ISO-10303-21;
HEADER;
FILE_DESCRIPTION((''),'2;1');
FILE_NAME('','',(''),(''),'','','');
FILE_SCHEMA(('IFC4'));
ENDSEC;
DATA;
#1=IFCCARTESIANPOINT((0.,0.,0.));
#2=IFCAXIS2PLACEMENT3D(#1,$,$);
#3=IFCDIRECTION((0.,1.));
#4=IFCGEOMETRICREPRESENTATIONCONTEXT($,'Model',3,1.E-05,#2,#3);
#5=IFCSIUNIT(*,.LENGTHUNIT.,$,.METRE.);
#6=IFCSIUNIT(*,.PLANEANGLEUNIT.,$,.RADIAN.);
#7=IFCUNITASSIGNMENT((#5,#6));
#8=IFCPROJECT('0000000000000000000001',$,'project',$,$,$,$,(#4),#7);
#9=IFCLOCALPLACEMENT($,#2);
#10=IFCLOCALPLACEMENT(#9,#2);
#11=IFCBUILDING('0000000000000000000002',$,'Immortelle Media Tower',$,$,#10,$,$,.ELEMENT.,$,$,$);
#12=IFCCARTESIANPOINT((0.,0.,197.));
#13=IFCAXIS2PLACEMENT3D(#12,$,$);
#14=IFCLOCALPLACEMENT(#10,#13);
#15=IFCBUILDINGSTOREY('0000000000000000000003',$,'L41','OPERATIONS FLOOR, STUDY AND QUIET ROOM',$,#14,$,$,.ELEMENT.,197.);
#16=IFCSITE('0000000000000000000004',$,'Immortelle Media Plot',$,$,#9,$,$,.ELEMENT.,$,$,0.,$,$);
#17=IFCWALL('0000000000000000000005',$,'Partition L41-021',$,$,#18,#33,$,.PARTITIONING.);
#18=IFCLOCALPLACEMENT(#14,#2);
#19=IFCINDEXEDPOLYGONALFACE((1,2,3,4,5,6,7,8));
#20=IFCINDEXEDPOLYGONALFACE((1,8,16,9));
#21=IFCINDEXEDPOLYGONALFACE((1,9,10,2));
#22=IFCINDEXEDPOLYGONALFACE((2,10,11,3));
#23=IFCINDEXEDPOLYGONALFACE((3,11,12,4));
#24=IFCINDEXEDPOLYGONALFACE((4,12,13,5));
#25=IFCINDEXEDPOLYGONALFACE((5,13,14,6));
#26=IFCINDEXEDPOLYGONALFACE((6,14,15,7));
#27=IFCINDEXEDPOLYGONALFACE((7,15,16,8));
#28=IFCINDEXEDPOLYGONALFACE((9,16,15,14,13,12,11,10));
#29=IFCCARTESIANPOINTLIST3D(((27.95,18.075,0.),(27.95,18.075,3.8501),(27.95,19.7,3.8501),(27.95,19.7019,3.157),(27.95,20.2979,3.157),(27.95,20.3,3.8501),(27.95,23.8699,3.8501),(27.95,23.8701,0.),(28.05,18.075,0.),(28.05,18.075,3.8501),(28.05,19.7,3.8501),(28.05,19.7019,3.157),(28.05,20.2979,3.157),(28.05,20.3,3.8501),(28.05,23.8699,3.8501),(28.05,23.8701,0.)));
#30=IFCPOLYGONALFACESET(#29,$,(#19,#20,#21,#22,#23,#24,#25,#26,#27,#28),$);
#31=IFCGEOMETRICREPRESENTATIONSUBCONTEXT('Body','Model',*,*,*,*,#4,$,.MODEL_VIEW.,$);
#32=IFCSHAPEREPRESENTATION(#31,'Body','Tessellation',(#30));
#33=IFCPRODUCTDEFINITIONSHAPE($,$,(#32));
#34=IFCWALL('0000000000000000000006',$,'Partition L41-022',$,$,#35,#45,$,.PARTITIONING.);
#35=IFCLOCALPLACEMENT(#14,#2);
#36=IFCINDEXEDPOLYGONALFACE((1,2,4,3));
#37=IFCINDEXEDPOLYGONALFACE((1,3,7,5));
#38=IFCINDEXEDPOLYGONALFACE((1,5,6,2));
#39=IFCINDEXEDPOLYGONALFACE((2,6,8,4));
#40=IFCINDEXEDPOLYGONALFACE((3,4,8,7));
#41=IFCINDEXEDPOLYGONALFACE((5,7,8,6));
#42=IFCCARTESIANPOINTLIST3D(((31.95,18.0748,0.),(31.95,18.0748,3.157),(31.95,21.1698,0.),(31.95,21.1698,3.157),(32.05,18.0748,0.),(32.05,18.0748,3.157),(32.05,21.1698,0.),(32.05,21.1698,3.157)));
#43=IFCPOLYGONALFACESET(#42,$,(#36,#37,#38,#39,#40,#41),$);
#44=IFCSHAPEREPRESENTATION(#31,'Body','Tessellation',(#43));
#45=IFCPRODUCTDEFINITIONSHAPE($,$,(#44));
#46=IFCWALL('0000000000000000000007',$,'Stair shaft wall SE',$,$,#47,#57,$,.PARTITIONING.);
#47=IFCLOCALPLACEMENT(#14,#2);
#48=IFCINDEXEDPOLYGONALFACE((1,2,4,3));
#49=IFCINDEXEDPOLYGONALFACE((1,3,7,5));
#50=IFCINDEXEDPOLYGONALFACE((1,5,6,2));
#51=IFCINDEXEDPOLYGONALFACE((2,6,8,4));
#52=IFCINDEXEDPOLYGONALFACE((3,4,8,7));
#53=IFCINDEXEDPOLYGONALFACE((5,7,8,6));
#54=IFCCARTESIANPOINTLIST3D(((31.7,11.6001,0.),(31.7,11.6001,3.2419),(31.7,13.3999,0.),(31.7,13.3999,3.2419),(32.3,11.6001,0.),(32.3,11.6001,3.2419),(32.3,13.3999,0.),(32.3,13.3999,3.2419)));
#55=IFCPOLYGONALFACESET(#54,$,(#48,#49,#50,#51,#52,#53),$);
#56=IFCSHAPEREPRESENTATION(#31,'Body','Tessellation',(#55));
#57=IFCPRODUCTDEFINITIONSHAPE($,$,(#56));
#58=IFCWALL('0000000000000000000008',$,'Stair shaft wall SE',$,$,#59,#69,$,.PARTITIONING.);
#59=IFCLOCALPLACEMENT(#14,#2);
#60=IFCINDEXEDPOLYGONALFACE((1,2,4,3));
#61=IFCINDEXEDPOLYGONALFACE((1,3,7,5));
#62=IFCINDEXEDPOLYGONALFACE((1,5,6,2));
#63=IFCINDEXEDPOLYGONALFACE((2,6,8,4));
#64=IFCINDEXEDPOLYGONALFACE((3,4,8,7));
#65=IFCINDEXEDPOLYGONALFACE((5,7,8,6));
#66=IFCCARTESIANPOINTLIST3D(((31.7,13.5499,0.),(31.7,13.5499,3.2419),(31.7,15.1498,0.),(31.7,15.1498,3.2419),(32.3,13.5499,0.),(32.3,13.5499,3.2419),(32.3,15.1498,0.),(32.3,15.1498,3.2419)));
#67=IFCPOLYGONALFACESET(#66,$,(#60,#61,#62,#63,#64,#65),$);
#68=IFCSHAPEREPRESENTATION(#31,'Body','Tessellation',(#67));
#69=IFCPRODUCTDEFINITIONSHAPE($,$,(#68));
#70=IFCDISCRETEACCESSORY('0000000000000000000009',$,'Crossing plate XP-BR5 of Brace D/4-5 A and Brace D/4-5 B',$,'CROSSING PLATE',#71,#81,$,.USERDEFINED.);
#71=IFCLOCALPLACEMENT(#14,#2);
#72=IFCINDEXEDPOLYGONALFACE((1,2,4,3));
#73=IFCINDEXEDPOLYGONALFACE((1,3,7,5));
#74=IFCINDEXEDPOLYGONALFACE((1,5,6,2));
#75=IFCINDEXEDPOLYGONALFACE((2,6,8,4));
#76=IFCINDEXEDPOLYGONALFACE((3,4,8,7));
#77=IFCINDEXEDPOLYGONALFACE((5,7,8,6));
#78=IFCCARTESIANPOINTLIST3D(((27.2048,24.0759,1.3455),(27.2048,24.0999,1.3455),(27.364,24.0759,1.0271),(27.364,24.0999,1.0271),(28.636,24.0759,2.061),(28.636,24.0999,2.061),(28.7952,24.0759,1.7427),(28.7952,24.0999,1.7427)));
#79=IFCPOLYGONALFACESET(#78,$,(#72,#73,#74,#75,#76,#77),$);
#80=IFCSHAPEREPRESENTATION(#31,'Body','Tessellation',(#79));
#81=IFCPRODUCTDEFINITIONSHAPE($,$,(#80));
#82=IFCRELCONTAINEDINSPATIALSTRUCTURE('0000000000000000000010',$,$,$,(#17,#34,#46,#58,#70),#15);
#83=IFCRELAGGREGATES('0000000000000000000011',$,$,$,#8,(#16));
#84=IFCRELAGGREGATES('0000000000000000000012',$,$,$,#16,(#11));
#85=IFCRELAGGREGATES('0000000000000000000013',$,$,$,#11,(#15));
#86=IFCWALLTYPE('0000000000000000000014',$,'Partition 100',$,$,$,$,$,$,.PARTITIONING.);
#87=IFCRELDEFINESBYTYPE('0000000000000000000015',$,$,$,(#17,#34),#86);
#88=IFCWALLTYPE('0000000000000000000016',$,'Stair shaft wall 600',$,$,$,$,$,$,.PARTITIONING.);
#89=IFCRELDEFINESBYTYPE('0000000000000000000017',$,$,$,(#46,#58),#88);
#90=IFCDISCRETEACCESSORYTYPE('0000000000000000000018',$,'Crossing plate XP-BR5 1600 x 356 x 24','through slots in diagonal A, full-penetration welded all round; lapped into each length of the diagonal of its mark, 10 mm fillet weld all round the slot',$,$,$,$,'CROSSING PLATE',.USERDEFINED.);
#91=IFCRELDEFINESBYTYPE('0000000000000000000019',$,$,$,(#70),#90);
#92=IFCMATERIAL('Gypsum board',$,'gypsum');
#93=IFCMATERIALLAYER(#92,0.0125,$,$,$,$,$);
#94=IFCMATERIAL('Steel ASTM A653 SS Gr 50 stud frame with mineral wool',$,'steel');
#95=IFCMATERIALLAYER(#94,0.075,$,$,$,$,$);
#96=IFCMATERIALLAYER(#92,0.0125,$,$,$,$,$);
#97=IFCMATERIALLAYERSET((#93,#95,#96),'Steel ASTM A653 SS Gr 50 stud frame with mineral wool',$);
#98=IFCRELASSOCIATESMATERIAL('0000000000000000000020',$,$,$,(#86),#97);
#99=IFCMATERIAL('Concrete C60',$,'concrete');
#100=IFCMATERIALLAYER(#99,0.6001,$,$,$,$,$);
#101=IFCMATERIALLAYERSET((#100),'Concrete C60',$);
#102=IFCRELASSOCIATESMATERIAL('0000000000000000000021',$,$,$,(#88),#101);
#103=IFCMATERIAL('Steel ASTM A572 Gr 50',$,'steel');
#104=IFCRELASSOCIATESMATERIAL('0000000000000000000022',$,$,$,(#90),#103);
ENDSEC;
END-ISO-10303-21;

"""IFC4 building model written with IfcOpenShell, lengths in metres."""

from ifc_helpers import new_model, si_unit, direction, frame, frame_2d, origin, origin_2d, place, context, subcontext, project, spatial, polyline, rectangle, outline, extrude, material, layer, layer_set, material_profile, profile_set, type_object, element, save


model = new_model("IFC4")

# Units and contexts
model_context = context("Model", 3, precision=1e-05, world=origin(), true_north=direction((0.0, 1.0)))
body_context = subcontext(model_context, "Body", "Model", "MODEL_VIEW")
ifc_project = project(units=[si_unit("LENGTHUNIT", "METRE"), si_unit("PLANEANGLEUNIT", "RADIAN")], contexts=[model_context])

# Site, building, storey
site_placement = place(None, origin())
site = spatial("IfcSite", under=ifc_project, at=site_placement, Name="Immortelle Media Plot", CompositionType="ELEMENT", RefElevation=0.0)
building_placement = place(site_placement, origin())
building = spatial("IfcBuilding", under=site, at=building_placement, Name="Immortelle Media Tower", CompositionType="ELEMENT")
storey_placement = place(building_placement, frame((0.0, 0.0, 197.0)))
storey = spatial("IfcBuildingStorey", under=building, at=storey_placement, Name="L41", Description="OPERATIONS FLOOR, STUDY AND QUIET ROOM", CompositionType="ELEMENT", Elevation=197.0)

# Shared definitions
ifc_material_1 = material(Name="Steel ASTM A653 SS Gr 50 stud frame with mineral wool", Category="steel")

# Walls
ifc_material_2 = material(Name="Gypsum board", Category="gypsum")
ifc_layer_1 = layer(ifc_material_2, 0.0125)
ifc_layer_2 = layer(ifc_material_1, 0.075)
ifc_layer_3 = layer(ifc_material_2, 0.0125)
ifc_layer_set_1 = layer_set([ifc_layer_1, ifc_layer_2, ifc_layer_3], Name="Steel ASTM A653 SS Gr 50 stud frame with mineral wool")
wall_type_1 = type_object("IfcWallType", Name="Partition 100", PredefinedType="PARTITIONING", material=ifc_layer_set_1)
wall_1_placement = place(storey_placement, frame((28.0, 18.075, 0.0), z_axis=(0.0, 0.0, 1.0), x_axis=(0.0, 1.0, 0.0)))
element("IfcWall", 1, at=wall_1_placement, inside=storey, type_object=wall_type_1, Name="Partition L41-021", PredefinedType="PARTITIONING", context=body_context, shape_type="SweptSolid", body=[
    extrude(outline(polyline([(0.0, 0.0), (5.7952, 0.0), (5.7949, 3.8501), (2.2251, 3.8501), (2.2229, 3.157), (1.627, 3.157), (1.625, 3.8501), (0.0, 3.8501), (0.0, 0.0)])), frame((0.0, 0.05, 0.0), z_axis=(0.0, -1.0, 0.0), x_axis=(1.0, 0.0, 0.0)), (0.0, 0.0, 1.0), 0.1001),
])
wall_2_placement = place(storey_placement, frame((32.0, 18.075, 0.0), z_axis=(0.0, 0.0, 1.0), x_axis=(0.0, 1.0, 0.0)))
element("IfcWall", 2, at=wall_2_placement, inside=storey, type_object=wall_type_1, Name="Partition L41-022", PredefinedType="PARTITIONING", context=body_context, shape_type="SweptSolid", body=[
    extrude(rectangle(XDim=3.095, YDim=0.1001, at=frame_2d((1.5474, 0.0))), origin(), (0.0, 0.0, 1.0), 3.157),
])
ifc_material_3 = material(Name="Concrete C60", Category="concrete")
ifc_layer_4 = layer(ifc_material_3, 0.6001)
ifc_layer_set_2 = layer_set([ifc_layer_4], Name="Concrete C60")
wall_type_2 = type_object("IfcWallType", Name="Stair shaft wall 600", PredefinedType="PARTITIONING", material=ifc_layer_set_2)
wall_3_placement = place(storey_placement, frame((32.0, 11.6001, 0.0), z_axis=(0.0, 0.0, 1.0), x_axis=(0.0, 1.0, 0.0)))
element("IfcWall", 3, at=wall_3_placement, inside=storey, type_object=wall_type_2, Name="Stair shaft wall SE", PredefinedType="PARTITIONING", context=body_context, shape_type="SweptSolid", body=[
    extrude(rectangle(XDim=1.7998, YDim=0.6001, at=frame_2d((0.8999, 0.0))), origin(), (0.0, 0.0, 1.0), 3.2419),
])
wall_4_placement = place(storey_placement, frame((32.0, 13.55, 0.0), z_axis=(0.0, 0.0, 1.0), x_axis=(0.0, 1.0, 0.0)))
element("IfcWall", 4, at=wall_4_placement, inside=storey, type_object=wall_type_2, Name="Stair shaft wall SE", PredefinedType="PARTITIONING", context=body_context, shape_type="SweptSolid", body=[
    extrude(rectangle(XDim=1.5999, YDim=0.6001, at=frame_2d((0.7998, 0.0))), origin(), (0.0, 0.0, 1.0), 3.2419),
])

# Discrete accessory
ifc_material_4 = material(Name="Steel ASTM A572 Gr 50", Category="steel")
ifc_material_profile_1 = material_profile(ifc_material_4, rectangle(XDim=0.0239, YDim=0.356, at=origin_2d()), Name="PL 24 x 356")
ifc_profile_set_1 = profile_set([ifc_material_profile_1], Name="Steel ASTM A572 Gr 50")
discrete_accessory_type = type_object("IfcDiscreteAccessoryType", Name="Crossing plate XP-BR5 1600 x 356 x 24", Description="through slots in diagonal A, full-penetration welded all round; lapped into each length of the diagonal of its mark, 10 mm fillet weld all round the slot", ElementType="CROSSING PLATE", PredefinedType="USERDEFINED", material=ifc_profile_set_1)
discrete_accessory_placement = place(storey_placement, frame((28.7156, 24.0879, 1.9019), z_axis=(-0.894427, 0.0, -0.447214), x_axis=(0.0, -1.0, 0.0)))
element("IfcDiscreteAccessory", 5, at=discrete_accessory_placement, inside=storey, type_object=discrete_accessory_type, Name="Crossing plate XP-BR5 of Brace D/4-5 A and Brace D/4-5 B", ObjectType="CROSSING PLATE", PredefinedType="USERDEFINED", context=body_context, shape_type="SweptSolid", body=[
    extrude(rectangle(XDim=0.0239, YDim=0.356, at=origin_2d()), origin(), (0.0, 0.0, 1.0), 1.6001),
])

save(model, "model.ifc")
